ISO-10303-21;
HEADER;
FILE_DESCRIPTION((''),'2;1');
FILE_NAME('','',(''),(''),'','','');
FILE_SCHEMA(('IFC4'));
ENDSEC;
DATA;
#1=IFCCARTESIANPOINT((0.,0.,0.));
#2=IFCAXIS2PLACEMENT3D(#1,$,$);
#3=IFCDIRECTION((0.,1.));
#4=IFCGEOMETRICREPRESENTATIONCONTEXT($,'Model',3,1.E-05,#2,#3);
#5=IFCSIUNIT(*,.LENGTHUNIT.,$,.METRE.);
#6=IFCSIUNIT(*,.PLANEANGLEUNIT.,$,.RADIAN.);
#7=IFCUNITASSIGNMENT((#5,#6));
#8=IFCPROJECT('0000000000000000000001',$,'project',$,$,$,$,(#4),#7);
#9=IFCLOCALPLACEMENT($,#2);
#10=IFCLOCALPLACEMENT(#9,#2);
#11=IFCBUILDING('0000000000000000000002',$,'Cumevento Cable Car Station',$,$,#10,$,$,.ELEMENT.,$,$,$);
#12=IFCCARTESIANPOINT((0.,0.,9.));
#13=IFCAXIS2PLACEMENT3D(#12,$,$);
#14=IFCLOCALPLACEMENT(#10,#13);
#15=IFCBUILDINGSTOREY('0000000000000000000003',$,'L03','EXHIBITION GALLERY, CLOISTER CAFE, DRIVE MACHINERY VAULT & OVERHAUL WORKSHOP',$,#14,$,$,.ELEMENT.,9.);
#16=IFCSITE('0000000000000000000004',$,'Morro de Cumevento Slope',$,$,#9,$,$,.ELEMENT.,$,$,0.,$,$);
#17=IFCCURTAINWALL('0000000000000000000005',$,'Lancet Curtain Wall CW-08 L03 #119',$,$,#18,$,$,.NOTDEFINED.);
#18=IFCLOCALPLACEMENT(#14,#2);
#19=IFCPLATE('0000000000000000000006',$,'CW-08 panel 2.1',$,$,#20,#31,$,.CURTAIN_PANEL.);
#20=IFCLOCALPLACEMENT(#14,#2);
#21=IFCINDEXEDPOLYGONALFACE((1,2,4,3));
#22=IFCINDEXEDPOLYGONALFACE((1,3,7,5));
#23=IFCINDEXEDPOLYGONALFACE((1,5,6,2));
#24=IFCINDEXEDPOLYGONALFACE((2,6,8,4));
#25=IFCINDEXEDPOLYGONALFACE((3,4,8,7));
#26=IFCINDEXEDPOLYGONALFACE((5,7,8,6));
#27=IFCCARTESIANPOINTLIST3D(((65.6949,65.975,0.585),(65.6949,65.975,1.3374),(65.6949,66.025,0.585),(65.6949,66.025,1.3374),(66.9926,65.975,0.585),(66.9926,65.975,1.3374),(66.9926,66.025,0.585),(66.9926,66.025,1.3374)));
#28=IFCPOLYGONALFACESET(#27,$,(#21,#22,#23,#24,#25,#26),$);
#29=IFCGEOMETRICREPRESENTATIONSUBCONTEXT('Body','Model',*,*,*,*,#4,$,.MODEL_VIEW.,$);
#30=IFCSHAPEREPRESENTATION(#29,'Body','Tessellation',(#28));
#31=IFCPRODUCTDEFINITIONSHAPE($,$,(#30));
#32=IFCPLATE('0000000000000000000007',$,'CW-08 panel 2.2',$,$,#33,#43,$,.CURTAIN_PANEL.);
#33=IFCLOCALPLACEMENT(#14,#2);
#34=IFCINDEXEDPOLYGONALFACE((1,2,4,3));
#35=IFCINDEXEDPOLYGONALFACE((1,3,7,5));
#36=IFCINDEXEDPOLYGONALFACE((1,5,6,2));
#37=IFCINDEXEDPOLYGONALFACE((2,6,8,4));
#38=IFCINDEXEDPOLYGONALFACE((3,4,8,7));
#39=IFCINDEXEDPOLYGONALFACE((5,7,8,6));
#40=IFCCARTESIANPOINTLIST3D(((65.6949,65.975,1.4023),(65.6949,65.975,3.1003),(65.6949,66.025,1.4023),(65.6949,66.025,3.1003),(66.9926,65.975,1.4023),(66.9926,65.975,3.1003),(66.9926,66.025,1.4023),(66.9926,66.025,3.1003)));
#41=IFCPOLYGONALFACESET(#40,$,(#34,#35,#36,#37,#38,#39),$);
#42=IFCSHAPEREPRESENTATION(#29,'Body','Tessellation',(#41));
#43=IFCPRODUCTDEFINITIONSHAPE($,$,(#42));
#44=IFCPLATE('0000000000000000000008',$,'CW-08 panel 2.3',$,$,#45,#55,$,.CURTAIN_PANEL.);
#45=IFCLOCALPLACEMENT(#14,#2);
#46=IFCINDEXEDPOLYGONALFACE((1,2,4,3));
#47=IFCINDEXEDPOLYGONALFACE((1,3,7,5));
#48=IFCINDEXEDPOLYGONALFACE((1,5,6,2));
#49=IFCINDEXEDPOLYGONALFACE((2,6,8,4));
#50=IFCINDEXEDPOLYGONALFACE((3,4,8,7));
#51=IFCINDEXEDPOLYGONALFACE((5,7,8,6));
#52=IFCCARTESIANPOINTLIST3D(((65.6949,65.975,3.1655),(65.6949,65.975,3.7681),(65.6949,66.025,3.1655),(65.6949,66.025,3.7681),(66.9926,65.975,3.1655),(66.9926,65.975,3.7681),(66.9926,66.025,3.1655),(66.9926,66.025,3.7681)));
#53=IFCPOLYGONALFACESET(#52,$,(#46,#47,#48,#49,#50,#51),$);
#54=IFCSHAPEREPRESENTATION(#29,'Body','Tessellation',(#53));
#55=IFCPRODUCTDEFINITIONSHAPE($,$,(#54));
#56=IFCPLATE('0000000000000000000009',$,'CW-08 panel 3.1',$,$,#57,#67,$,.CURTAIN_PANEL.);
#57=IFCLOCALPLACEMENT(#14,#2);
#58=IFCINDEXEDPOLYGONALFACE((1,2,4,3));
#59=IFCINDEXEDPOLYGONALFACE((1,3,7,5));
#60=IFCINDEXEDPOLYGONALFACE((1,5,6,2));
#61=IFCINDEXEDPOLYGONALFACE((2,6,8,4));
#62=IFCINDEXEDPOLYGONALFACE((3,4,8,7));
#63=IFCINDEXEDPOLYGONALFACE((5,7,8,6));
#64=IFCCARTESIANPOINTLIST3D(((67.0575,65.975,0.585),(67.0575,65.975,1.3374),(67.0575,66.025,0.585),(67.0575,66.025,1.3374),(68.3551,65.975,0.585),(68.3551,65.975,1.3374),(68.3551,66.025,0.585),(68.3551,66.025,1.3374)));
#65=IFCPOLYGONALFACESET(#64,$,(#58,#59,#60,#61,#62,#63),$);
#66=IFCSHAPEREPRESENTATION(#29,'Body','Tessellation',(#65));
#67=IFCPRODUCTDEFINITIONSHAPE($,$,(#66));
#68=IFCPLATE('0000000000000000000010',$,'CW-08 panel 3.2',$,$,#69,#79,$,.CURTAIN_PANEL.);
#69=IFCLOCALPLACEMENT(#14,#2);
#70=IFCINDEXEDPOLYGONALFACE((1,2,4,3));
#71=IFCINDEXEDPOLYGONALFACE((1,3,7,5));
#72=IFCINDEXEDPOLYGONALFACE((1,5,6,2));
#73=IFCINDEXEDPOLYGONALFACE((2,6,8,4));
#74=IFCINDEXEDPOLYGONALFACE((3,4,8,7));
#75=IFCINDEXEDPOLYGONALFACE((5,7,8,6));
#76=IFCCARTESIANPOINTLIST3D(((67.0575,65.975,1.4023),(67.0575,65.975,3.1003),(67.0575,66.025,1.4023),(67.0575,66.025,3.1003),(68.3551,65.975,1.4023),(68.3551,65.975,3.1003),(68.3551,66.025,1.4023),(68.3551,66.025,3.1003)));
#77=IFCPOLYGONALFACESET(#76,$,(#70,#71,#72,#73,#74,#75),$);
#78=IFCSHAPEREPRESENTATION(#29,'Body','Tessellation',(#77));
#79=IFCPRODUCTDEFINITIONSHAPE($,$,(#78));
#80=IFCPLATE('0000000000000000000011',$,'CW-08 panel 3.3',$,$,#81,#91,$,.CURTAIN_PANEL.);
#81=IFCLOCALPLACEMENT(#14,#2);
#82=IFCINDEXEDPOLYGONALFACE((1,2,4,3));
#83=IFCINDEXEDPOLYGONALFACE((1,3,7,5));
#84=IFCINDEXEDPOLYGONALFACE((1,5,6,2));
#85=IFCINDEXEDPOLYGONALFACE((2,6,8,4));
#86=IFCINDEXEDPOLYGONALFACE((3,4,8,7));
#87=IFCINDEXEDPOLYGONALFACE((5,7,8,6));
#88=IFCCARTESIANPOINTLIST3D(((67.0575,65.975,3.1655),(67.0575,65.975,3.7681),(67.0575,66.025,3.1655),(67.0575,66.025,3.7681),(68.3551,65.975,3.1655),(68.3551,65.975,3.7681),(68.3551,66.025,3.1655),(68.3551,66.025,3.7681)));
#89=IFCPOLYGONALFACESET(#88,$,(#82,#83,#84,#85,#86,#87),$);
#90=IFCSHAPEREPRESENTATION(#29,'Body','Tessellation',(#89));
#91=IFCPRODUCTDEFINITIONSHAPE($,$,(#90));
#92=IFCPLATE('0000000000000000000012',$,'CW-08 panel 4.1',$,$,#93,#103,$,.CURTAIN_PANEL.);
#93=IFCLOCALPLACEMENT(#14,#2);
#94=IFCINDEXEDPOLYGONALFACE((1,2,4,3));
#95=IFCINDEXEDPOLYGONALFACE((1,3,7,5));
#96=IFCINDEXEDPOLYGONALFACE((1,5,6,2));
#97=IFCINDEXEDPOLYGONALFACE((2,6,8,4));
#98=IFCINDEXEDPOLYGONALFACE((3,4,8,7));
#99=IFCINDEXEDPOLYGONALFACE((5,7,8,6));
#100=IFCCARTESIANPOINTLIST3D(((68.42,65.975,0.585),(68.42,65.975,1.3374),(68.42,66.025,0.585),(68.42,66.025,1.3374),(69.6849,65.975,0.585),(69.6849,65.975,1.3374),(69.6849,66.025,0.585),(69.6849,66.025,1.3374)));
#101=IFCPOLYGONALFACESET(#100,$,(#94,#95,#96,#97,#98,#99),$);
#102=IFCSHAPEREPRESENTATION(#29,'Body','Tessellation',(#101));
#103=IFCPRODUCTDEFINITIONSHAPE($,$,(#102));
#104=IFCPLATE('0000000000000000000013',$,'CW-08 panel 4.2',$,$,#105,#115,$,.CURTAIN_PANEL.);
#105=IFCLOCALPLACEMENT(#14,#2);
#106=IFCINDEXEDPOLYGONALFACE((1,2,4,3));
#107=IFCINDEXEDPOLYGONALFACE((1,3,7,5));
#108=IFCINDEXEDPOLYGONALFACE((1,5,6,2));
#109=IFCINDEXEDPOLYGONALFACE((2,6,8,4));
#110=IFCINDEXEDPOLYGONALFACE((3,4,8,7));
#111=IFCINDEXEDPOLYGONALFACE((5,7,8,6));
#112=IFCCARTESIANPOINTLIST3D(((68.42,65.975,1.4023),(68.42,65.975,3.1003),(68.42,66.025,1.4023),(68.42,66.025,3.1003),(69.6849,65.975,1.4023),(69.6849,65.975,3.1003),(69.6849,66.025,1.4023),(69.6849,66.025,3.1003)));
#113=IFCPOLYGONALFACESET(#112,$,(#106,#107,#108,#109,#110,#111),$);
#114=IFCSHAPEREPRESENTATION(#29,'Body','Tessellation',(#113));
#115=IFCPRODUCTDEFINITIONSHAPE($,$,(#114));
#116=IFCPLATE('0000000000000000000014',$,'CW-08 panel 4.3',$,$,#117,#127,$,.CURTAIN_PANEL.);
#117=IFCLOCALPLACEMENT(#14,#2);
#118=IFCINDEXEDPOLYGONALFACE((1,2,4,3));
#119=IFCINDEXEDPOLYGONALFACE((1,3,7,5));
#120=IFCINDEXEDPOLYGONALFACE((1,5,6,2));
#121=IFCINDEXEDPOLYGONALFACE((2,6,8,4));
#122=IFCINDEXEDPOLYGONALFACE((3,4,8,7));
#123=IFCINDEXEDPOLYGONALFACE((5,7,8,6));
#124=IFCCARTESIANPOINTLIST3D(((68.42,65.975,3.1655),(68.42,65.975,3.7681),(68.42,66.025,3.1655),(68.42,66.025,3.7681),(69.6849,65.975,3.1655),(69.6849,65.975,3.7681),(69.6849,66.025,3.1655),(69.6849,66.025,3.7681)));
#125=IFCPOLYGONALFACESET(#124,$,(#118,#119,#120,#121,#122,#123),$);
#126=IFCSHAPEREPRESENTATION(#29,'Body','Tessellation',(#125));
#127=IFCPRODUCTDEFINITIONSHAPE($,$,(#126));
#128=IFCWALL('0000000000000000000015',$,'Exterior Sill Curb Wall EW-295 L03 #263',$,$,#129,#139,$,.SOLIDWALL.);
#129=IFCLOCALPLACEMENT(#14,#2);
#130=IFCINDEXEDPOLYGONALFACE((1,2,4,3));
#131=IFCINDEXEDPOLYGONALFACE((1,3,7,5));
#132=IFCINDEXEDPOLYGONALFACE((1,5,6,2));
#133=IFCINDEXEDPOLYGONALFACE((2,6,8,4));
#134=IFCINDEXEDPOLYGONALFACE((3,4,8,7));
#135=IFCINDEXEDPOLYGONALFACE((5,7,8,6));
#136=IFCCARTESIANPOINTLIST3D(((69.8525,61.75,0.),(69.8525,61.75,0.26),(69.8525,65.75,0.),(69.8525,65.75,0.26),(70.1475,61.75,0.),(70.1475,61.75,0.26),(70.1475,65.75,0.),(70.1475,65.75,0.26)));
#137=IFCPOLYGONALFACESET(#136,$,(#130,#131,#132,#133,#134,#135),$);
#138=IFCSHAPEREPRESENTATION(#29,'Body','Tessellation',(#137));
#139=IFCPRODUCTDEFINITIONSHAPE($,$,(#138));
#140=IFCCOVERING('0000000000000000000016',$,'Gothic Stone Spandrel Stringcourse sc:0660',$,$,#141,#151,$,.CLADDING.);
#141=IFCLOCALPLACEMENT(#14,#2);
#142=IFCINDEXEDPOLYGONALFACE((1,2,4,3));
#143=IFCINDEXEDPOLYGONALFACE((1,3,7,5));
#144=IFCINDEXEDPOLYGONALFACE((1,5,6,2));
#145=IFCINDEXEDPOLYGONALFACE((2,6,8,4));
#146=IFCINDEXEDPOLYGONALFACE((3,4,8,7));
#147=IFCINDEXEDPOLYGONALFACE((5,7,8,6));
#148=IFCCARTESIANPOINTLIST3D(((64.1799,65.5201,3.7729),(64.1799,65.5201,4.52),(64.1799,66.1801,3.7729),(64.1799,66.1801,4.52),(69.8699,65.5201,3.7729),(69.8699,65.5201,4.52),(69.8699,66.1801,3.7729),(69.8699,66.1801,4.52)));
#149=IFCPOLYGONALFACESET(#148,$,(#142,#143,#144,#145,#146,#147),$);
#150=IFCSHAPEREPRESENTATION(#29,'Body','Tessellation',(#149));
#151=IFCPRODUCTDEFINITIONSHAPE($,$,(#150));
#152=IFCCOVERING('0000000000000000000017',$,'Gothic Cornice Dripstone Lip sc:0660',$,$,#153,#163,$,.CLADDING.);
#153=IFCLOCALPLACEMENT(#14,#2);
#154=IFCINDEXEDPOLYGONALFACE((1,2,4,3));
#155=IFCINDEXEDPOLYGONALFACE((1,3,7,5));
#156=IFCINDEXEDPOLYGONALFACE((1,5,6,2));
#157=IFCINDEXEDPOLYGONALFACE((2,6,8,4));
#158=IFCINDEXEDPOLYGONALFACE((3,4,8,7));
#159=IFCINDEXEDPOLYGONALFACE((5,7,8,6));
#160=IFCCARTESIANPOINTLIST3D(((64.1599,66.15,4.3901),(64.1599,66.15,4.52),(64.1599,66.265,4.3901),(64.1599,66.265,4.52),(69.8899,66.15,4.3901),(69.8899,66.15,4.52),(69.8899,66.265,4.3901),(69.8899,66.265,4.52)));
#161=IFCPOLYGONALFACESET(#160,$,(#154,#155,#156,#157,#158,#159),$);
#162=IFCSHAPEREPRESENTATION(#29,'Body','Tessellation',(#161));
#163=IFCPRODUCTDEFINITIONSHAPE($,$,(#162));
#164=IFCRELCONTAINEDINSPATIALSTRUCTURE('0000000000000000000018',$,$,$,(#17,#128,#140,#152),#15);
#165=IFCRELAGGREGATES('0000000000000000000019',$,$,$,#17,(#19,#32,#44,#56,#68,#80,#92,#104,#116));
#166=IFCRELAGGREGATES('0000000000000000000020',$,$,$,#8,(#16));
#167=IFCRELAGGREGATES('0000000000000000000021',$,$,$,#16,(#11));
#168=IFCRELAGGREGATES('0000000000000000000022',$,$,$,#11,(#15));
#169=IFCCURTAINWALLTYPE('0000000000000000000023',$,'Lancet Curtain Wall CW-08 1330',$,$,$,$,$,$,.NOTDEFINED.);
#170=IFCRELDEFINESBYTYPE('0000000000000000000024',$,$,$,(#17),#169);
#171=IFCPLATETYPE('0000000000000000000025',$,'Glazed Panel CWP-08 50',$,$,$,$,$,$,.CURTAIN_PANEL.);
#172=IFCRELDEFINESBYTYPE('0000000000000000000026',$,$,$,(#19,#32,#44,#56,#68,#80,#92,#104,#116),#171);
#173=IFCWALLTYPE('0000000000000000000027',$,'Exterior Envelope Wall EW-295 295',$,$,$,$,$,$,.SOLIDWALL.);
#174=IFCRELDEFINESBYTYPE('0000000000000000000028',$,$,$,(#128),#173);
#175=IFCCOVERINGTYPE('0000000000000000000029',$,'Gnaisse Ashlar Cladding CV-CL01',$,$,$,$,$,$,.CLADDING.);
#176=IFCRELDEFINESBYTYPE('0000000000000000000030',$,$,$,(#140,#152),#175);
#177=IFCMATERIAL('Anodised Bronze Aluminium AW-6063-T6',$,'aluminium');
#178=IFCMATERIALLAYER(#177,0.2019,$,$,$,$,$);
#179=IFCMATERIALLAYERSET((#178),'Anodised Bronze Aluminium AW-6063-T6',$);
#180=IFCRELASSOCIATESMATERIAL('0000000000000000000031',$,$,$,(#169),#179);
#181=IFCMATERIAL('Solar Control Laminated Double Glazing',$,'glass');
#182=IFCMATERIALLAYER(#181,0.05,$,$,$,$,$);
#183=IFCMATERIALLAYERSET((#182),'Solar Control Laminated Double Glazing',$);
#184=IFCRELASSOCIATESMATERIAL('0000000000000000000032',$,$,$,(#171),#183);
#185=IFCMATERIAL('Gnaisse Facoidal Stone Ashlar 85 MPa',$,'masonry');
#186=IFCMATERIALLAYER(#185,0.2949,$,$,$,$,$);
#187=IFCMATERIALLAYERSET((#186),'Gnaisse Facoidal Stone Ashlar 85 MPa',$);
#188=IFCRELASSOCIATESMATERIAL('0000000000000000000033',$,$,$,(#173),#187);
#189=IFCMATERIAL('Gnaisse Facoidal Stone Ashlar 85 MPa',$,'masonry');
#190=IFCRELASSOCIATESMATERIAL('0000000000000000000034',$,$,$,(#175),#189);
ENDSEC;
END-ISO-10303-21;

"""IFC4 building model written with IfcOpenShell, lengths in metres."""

from ifc_helpers import new_model, si_unit, direction, frame, frame_2d, origin, origin_2d, place, context, subcontext, project, spatial, rectangle, extrude, material, layer, layer_set, type_object, element, aggregate, save


model = new_model("IFC4")

# Units and contexts
model_context = context("Model", 3, precision=1e-05, world=origin(), true_north=direction((0.0, 1.0)))
body_context = subcontext(model_context, "Body", "Model", "MODEL_VIEW")
ifc_project = project(units=[si_unit("LENGTHUNIT", "METRE"), si_unit("PLANEANGLEUNIT", "RADIAN")], contexts=[model_context])

# Site, building, storey
site_placement = place(None, origin())
site = spatial("IfcSite", under=ifc_project, at=site_placement, Name="Morro de Cumevento Slope", CompositionType="ELEMENT", RefElevation=0.0)
building_placement = place(site_placement, origin())
building = spatial("IfcBuilding", under=site, at=building_placement, Name="Cumevento Cable Car Station", CompositionType="ELEMENT")
storey_placement = place(building_placement, frame((0.0, 0.0, 9.0)))
storey = spatial("IfcBuildingStorey", under=building, at=storey_placement, Name="L03", Description="EXHIBITION GALLERY, CLOISTER CAFE, DRIVE MACHINERY VAULT & OVERHAUL WORKSHOP", CompositionType="ELEMENT", Elevation=9.0)

# Curtain wall
ifc_material_1 = material(Name="Anodised Bronze Aluminium AW-6063-T6", Category="aluminium")
ifc_layer_1 = layer(ifc_material_1, 0.2019)
ifc_layer_set_1 = layer_set([ifc_layer_1], Name="Anodised Bronze Aluminium AW-6063-T6")
curtain_wall_type_1 = type_object("IfcCurtainWallType", Name="Lancet Curtain Wall CW-08 1330", PredefinedType="NOTDEFINED", material=ifc_layer_set_1)
curtain_wall_1_placement = place(storey_placement, origin())
curtain_wall_1 = element("IfcCurtainWall", 1, at=curtain_wall_1_placement, inside=storey, type_object=curtain_wall_type_1, Name="Lancet Curtain Wall CW-08 L03 #119", PredefinedType="NOTDEFINED")

# Plates
ifc_material_2 = material(Name="Solar Control Laminated Double Glazing", Category="glass")
ifc_layer_2 = layer(ifc_material_2, 0.05)
ifc_layer_set_2 = layer_set([ifc_layer_2], Name="Solar Control Laminated Double Glazing")
plate_type = type_object("IfcPlateType", Name="Glazed Panel CWP-08 50", PredefinedType="CURTAIN_PANEL", material=ifc_layer_set_2)
plate_1_placement = place(storey_placement, frame((66.3438, 66.0, 0.585), z_axis=(0.0, 0.0, 1.0), x_axis=(1.0, 0.0, 0.0)))
plate_1 = element("IfcPlate", 2, at=plate_1_placement, type_object=plate_type, Name="CW-08 panel 2.1", PredefinedType="CURTAIN_PANEL", context=body_context, shape_type="SweptSolid", body=[
    extrude(rectangle(XDim=1.2976, YDim=0.05, at=origin_2d()), origin(), (0.0, 0.0, 1.0), 0.7524),
])
plate_2_placement = place(storey_placement, frame((66.3438, 66.0, 1.4023), z_axis=(0.0, 0.0, 1.0), x_axis=(1.0, 0.0, 0.0)))
plate_2 = element("IfcPlate", 3, at=plate_2_placement, type_object=plate_type, Name="CW-08 panel 2.2", PredefinedType="CURTAIN_PANEL", context=body_context, shape_type="SweptSolid", body=[
    extrude(rectangle(XDim=1.2976, YDim=0.05, at=origin_2d()), origin(), (0.0, 0.0, 1.0), 1.698),
])
plate_3_placement = place(storey_placement, frame((66.3438, 66.0, 3.1655), z_axis=(0.0, 0.0, 1.0), x_axis=(1.0, 0.0, 0.0)))
plate_3 = element("IfcPlate", 4, at=plate_3_placement, type_object=plate_type, Name="CW-08 panel 2.3", PredefinedType="CURTAIN_PANEL", context=body_context, shape_type="SweptSolid", body=[
    extrude(rectangle(XDim=1.2976, YDim=0.05, at=origin_2d()), origin(), (0.0, 0.0, 1.0), 0.6025),
])
plate_4_placement = place(storey_placement, frame((67.7063, 66.0, 0.585), z_axis=(0.0, 0.0, 1.0), x_axis=(1.0, 0.0, 0.0)))
plate_4 = element("IfcPlate", 5, at=plate_4_placement, type_object=plate_type, Name="CW-08 panel 3.1", PredefinedType="CURTAIN_PANEL", context=body_context, shape_type="SweptSolid", body=[
    extrude(rectangle(XDim=1.2976, YDim=0.05, at=origin_2d()), origin(), (0.0, 0.0, 1.0), 0.7524),
])
plate_5_placement = place(storey_placement, frame((67.7063, 66.0, 1.4023), z_axis=(0.0, 0.0, 1.0), x_axis=(1.0, 0.0, 0.0)))
plate_5 = element("IfcPlate", 6, at=plate_5_placement, type_object=plate_type, Name="CW-08 panel 3.2", PredefinedType="CURTAIN_PANEL", context=body_context, shape_type="SweptSolid", body=[
    extrude(rectangle(XDim=1.2976, YDim=0.05, at=origin_2d()), origin(), (0.0, 0.0, 1.0), 1.698),
])
plate_6_placement = place(storey_placement, frame((67.7063, 66.0, 3.1655), z_axis=(0.0, 0.0, 1.0), x_axis=(1.0, 0.0, 0.0)))
plate_6 = element("IfcPlate", 7, at=plate_6_placement, type_object=plate_type, Name="CW-08 panel 3.3", PredefinedType="CURTAIN_PANEL", context=body_context, shape_type="SweptSolid", body=[
    extrude(rectangle(XDim=1.2976, YDim=0.05, at=origin_2d()), origin(), (0.0, 0.0, 1.0), 0.6025),
])
plate_7_placement = place(storey_placement, frame((69.0525, 66.0, 0.585), z_axis=(0.0, 0.0, 1.0), x_axis=(1.0, 0.0, 0.0)))
plate_7 = element("IfcPlate", 8, at=plate_7_placement, type_object=plate_type, Name="CW-08 panel 4.1", PredefinedType="CURTAIN_PANEL", context=body_context, shape_type="SweptSolid", body=[
    extrude(rectangle(XDim=1.2649, YDim=0.05, at=origin_2d()), origin(), (0.0, 0.0, 1.0), 0.7524),
])
plate_8_placement = place(storey_placement, frame((69.0525, 66.0, 1.4023), z_axis=(0.0, 0.0, 1.0), x_axis=(1.0, 0.0, 0.0)))
plate_8 = element("IfcPlate", 9, at=plate_8_placement, type_object=plate_type, Name="CW-08 panel 4.2", PredefinedType="CURTAIN_PANEL", context=body_context, shape_type="SweptSolid", body=[
    extrude(rectangle(XDim=1.2649, YDim=0.05, at=origin_2d()), origin(), (0.0, 0.0, 1.0), 1.698),
])
plate_9_placement = place(storey_placement, frame((69.0525, 66.0, 3.1655), z_axis=(0.0, 0.0, 1.0), x_axis=(1.0, 0.0, 0.0)))
plate_9 = element("IfcPlate", 10, at=plate_9_placement, type_object=plate_type, Name="CW-08 panel 4.3", PredefinedType="CURTAIN_PANEL", context=body_context, shape_type="SweptSolid", body=[
    extrude(rectangle(XDim=1.2649, YDim=0.05, at=origin_2d()), origin(), (0.0, 0.0, 1.0), 0.6025),
])
aggregate(curtain_wall_1, [plate_1, plate_2, plate_3, plate_4, plate_5, plate_6, plate_7, plate_8, plate_9])

# Wall
ifc_material_3 = material(Name="Gnaisse Facoidal Stone Ashlar 85 MPa", Category="masonry")
ifc_layer_3 = layer(ifc_material_3, 0.2949)
ifc_layer_set_3 = layer_set([ifc_layer_3], Name="Gnaisse Facoidal Stone Ashlar 85 MPa")
wall_type = type_object("IfcWallType", Name="Exterior Envelope Wall EW-295 295", PredefinedType="SOLIDWALL", material=ifc_layer_set_3)
wall_placement = place(storey_placement, frame((70.0, 65.75, 0.0), z_axis=(0.0, 0.0, 1.0), x_axis=(0.0, -1.0, 0.0)))
element("IfcWall", 11, at=wall_placement, inside=storey, type_object=wall_type, Name="Exterior Sill Curb Wall EW-295 L03 #263", PredefinedType="SOLIDWALL", context=body_context, shape_type="SweptSolid", body=[
    extrude(rectangle(XDim=4.0, YDim=0.2949, at=frame_2d((2.0, 0.0))), origin(), (0.0, 0.0, 1.0), 0.26),
])

# Coverings
ifc_material_4 = material(Name="Gnaisse Facoidal Stone Ashlar 85 MPa", Category="masonry")
covering_type = type_object("IfcCoveringType", Name="Gnaisse Ashlar Cladding CV-CL01", PredefinedType="CLADDING", material=ifc_material_4)
covering_1_placement = place(storey_placement, frame((67.0249, 65.8501, 3.7729), z_axis=(0.0, 0.0, 1.0), x_axis=(1.0, 0.0, 0.0)))
element("IfcCovering", 12, at=covering_1_placement, inside=storey, type_object=covering_type, Name="Gothic Stone Spandrel Stringcourse sc:0660", PredefinedType="CLADDING", context=body_context, shape_type="SweptSolid", body=[
    extrude(rectangle(XDim=5.6899, YDim=0.6599, at=origin_2d()), origin(), (0.0, 0.0, 1.0), 0.7471),
])
covering_2_placement = place(storey_placement, frame((67.0249, 66.2075, 4.3901), z_axis=(0.0, 0.0, 1.0), x_axis=(1.0, 0.0, 0.0)))
element("IfcCovering", 13, at=covering_2_placement, inside=storey, type_object=covering_type, Name="Gothic Cornice Dripstone Lip sc:0660", PredefinedType="CLADDING", context=body_context, shape_type="SweptSolid", body=[
    extrude(rectangle(XDim=5.73, YDim=0.115, at=origin_2d()), origin(), (0.0, 0.0, 1.0), 0.1299),
])

save(model, "model.ifc")
